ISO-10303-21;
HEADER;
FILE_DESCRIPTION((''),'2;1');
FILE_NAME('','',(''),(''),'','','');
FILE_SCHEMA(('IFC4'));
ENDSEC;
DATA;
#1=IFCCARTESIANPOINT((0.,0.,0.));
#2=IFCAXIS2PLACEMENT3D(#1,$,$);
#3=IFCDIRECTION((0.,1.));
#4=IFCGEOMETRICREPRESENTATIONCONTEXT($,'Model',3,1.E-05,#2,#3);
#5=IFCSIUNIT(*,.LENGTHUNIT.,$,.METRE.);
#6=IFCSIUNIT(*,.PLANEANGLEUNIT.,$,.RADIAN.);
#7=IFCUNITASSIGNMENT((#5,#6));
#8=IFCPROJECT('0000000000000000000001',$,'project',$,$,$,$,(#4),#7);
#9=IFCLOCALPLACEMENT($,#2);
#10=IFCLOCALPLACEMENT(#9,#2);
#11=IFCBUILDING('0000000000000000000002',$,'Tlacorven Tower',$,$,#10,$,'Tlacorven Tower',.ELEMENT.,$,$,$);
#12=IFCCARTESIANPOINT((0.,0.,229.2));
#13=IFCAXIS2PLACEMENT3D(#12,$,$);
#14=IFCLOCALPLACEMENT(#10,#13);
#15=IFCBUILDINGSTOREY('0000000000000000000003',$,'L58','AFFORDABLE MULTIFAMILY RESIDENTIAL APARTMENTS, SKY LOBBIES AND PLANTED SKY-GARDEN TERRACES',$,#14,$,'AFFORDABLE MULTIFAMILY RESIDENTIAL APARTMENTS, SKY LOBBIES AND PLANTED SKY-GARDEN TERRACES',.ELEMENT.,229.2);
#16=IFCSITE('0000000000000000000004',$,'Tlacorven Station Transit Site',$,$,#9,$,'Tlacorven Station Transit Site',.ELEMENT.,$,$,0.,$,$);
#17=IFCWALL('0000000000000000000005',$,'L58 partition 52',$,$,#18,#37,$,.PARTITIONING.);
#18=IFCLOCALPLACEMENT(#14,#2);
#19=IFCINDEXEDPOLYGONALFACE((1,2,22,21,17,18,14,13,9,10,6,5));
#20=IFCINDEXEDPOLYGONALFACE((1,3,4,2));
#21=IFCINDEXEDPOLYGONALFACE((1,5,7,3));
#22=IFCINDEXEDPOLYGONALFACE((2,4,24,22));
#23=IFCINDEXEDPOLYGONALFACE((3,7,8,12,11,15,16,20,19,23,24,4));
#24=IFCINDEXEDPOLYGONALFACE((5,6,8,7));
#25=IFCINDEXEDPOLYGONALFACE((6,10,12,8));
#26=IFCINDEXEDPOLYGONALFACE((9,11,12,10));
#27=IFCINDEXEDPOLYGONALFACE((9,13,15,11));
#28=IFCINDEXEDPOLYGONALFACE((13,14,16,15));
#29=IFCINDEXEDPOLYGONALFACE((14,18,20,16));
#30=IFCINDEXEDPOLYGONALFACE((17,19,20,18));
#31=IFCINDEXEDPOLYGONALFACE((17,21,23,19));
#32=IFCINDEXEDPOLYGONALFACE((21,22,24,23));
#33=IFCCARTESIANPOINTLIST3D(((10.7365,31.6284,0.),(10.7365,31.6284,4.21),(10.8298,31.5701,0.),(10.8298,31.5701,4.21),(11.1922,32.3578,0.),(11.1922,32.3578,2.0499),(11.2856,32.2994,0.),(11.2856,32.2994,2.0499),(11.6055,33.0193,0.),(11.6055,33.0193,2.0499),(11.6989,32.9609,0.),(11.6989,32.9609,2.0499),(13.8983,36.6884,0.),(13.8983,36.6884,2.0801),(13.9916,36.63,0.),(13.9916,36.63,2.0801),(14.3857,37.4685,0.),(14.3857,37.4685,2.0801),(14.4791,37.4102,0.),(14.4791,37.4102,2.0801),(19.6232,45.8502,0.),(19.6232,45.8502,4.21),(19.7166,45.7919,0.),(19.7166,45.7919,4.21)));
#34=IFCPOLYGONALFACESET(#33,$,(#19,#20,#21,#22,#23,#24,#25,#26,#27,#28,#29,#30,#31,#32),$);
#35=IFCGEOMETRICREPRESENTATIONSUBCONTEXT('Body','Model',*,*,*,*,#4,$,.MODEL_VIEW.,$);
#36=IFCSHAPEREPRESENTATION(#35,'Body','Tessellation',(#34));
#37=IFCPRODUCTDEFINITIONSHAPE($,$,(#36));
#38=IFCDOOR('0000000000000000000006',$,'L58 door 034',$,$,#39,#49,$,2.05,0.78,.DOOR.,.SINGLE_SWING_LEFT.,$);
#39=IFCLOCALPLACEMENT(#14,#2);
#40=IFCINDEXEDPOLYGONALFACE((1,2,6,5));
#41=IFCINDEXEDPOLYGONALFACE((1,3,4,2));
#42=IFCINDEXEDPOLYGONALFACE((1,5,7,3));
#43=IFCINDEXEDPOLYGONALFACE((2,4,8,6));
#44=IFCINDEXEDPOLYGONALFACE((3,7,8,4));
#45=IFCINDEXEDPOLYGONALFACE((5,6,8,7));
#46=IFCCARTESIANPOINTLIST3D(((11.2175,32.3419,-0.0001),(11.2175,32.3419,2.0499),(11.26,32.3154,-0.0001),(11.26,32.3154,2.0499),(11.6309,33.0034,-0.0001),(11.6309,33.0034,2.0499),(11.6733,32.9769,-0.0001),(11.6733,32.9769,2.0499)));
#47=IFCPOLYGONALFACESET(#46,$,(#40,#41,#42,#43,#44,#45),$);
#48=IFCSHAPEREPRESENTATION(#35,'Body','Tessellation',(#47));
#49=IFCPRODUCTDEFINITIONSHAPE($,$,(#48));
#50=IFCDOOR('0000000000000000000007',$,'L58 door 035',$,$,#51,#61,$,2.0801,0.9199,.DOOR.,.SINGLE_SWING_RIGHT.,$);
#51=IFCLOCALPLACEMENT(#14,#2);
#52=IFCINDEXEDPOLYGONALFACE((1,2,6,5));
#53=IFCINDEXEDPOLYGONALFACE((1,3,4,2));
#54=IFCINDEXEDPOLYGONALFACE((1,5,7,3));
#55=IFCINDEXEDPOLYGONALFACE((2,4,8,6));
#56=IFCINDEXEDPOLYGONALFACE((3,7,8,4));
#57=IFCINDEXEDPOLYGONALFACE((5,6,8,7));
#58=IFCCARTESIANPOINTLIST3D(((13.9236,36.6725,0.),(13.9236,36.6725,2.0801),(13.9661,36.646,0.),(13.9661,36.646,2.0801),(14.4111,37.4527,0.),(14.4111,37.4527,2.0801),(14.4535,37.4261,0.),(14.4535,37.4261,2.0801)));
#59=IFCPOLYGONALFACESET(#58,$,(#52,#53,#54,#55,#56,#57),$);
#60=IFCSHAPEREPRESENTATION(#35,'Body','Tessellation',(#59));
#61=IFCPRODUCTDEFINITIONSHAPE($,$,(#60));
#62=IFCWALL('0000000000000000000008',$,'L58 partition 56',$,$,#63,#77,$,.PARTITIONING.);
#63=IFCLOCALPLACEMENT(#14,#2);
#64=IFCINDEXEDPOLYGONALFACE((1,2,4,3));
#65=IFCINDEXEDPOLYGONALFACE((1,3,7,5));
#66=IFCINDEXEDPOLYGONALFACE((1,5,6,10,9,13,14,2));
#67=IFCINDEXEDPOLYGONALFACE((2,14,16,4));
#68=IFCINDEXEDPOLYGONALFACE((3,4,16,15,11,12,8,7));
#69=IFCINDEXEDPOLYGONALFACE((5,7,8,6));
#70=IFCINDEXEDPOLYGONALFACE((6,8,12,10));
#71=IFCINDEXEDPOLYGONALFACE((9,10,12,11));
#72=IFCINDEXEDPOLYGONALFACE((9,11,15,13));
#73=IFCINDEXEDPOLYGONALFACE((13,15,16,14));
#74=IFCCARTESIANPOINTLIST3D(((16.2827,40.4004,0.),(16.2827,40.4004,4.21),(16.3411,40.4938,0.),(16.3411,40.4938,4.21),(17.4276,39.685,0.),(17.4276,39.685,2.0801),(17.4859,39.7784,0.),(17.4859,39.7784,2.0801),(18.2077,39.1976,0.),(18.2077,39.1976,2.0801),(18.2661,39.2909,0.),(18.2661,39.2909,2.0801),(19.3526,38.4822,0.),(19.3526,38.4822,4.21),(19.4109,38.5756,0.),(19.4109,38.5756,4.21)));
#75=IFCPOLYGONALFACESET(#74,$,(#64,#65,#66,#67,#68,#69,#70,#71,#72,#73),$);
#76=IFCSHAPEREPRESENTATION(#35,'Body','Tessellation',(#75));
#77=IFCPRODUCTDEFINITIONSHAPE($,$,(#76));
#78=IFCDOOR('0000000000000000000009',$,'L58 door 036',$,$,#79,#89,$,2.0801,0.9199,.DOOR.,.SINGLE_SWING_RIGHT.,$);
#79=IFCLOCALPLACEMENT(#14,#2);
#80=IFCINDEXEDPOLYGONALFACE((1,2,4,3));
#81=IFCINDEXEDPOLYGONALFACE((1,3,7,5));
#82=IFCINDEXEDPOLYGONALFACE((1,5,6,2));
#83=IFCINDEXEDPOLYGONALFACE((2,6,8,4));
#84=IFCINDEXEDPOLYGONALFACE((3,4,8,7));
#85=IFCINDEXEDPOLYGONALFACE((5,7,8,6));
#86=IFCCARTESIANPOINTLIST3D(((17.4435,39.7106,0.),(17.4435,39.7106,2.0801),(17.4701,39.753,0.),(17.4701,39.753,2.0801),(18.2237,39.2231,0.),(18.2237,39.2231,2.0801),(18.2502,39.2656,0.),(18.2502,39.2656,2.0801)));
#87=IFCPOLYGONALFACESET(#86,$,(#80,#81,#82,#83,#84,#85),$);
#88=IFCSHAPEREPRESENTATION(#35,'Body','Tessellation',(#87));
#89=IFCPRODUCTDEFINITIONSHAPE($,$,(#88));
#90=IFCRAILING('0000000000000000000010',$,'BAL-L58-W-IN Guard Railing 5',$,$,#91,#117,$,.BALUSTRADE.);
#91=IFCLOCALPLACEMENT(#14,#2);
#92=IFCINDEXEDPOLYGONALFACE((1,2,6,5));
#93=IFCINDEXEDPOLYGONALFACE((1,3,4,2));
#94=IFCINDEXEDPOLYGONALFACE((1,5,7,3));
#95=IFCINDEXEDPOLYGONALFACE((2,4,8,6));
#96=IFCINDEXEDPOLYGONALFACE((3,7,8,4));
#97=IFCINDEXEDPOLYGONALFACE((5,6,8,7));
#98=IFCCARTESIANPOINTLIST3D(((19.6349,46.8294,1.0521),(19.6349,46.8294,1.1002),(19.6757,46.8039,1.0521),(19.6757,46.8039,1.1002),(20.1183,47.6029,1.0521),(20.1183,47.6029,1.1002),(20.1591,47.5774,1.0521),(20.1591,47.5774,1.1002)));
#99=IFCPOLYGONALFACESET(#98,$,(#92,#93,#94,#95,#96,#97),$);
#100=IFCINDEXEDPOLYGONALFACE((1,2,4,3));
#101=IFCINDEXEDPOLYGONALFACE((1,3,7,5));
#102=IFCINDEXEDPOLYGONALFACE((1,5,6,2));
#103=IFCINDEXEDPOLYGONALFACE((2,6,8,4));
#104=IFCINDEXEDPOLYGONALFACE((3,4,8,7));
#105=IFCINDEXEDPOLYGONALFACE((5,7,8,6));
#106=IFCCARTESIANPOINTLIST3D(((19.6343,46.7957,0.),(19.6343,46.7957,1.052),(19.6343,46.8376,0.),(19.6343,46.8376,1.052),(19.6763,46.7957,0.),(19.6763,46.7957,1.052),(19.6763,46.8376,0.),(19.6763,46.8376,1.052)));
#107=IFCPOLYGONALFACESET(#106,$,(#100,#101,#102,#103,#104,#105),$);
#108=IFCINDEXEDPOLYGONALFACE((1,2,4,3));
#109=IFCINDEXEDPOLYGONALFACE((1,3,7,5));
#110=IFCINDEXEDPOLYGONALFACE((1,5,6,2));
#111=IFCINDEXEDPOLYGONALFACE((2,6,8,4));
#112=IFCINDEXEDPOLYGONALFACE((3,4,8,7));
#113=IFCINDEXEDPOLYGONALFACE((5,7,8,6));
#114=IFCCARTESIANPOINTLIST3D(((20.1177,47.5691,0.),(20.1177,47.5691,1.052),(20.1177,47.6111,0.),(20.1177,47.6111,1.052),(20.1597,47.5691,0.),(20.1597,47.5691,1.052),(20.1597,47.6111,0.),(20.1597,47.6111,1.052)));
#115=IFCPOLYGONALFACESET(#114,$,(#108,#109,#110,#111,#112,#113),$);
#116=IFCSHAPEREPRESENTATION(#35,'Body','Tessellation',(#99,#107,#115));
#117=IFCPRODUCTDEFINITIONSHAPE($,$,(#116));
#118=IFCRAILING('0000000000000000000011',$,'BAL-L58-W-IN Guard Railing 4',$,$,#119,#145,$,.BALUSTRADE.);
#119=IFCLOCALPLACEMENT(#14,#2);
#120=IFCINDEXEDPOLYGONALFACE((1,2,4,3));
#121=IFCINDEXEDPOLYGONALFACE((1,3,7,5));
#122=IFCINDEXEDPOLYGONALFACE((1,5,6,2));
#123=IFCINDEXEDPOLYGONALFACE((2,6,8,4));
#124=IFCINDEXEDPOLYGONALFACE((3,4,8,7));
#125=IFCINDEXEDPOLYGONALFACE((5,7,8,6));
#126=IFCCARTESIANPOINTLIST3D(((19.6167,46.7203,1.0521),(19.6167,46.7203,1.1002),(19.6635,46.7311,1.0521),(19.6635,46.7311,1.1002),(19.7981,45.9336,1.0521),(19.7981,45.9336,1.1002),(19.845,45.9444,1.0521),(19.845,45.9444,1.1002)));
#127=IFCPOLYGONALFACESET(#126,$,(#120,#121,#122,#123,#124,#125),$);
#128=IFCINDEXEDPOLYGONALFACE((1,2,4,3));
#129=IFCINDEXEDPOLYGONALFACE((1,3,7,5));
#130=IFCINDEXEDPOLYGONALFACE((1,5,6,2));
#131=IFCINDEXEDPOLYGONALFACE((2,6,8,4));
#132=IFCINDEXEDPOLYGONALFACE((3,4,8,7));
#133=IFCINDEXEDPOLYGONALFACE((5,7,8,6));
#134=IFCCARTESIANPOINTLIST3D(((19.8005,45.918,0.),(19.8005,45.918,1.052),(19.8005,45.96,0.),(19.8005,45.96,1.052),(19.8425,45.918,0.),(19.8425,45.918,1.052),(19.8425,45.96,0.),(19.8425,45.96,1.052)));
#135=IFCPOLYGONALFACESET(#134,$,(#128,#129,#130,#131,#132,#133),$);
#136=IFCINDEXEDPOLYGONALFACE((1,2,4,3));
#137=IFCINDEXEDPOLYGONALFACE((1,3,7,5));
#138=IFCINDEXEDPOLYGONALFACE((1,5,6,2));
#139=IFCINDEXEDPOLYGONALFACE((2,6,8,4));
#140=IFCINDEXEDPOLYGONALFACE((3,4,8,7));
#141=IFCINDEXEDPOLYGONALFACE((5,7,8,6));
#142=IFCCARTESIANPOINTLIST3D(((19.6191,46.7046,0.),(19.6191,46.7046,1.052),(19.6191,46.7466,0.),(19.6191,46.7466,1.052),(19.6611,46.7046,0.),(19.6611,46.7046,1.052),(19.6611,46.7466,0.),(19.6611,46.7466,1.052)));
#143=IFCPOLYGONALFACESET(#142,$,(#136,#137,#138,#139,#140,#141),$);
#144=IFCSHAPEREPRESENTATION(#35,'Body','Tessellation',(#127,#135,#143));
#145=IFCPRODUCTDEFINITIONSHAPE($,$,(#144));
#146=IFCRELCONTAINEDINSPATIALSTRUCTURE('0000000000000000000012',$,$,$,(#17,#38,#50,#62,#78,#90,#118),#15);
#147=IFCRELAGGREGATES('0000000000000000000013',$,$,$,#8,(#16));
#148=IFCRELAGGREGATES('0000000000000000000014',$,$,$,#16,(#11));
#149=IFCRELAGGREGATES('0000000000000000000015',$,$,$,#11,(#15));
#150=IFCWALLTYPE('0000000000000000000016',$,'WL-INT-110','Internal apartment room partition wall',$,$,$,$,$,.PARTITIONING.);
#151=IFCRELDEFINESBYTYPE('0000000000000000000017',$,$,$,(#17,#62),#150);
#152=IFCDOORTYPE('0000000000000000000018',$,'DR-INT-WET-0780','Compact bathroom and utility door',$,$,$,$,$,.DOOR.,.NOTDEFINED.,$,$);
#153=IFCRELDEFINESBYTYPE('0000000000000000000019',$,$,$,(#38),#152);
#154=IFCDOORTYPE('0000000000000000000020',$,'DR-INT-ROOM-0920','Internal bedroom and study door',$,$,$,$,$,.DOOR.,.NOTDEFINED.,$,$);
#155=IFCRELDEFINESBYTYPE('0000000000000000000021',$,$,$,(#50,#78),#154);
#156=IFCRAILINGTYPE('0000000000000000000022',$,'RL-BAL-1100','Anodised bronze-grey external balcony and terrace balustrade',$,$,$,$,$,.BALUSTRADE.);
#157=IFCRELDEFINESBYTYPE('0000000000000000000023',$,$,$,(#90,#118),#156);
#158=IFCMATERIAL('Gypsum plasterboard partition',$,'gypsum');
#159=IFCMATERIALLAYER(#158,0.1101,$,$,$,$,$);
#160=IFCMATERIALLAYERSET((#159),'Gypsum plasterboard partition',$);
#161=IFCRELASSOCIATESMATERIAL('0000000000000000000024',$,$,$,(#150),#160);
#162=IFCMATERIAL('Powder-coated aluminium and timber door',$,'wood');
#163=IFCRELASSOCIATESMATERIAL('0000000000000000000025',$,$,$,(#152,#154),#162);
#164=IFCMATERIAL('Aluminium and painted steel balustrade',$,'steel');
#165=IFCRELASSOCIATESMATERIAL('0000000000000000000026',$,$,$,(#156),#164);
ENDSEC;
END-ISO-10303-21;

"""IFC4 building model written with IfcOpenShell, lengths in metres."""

from ifc_helpers import new_model, si_unit, direction, frame, frame_2d, origin, origin_2d, place, context, subcontext, project, spatial, rectangle, extrude, source, transform, mapped, material, layer, layer_set, type_object, element, fill, save


model = new_model("IFC4")

# Units and contexts
model_context = context("Model", 3, precision=1e-05, world=origin(), true_north=direction((0.0, 1.0)))
body_context = subcontext(model_context, "Body", "Model", "MODEL_VIEW")
ifc_project = project(units=[si_unit("LENGTHUNIT", "METRE"), si_unit("PLANEANGLEUNIT", "RADIAN")], contexts=[model_context])

# Site, building, storey
site_placement = place(None, origin())
site = spatial("IfcSite", under=ifc_project, at=site_placement, Name="Tlacorven Station Transit Site", LongName="Tlacorven Station Transit Site", CompositionType="ELEMENT", RefElevation=0.0)
building_placement = place(site_placement, origin())
building = spatial("IfcBuilding", under=site, at=building_placement, Name="Tlacorven Tower", LongName="Tlacorven Tower", CompositionType="ELEMENT")
storey_placement = place(building_placement, frame((0.0, 0.0, 229.2)))
storey = spatial("IfcBuildingStorey", under=building, at=storey_placement, Name="L58", Description="AFFORDABLE MULTIFAMILY RESIDENTIAL APARTMENTS, SKY LOBBIES AND PLANTED SKY-GARDEN TERRACES", LongName="AFFORDABLE MULTIFAMILY RESIDENTIAL APARTMENTS, SKY LOBBIES AND PLANTED SKY-GARDEN TERRACES", CompositionType="ELEMENT", Elevation=229.2)

# Shared definitions
ifc_material_1 = material(Name="Powder-coated aluminium and timber door", Category="wood")

# Wall, openings, doors
ifc_material_2 = material(Name="Gypsum plasterboard partition", Category="gypsum")
ifc_layer_1 = layer(ifc_material_2, 0.1101)
ifc_layer_set_1 = layer_set([ifc_layer_1], Name="Gypsum plasterboard partition")
wall_type_1 = type_object("IfcWallType", Name="WL-INT-110", Description="Internal apartment room partition wall", PredefinedType="PARTITIONING", material=ifc_layer_set_1)
wall_1_placement = place(storey_placement, frame((19.6699, 45.821, 0.0), z_axis=(0.0, 0.0, 1.0), x_axis=(-0.52992, -0.848047, 0.0)))
wall_1 = element("IfcWall", 1, at=wall_1_placement, inside=storey, type_object=wall_type_1, Name="L58 partition 52", PredefinedType="PARTITIONING", context=body_context, shape_type="SweptSolid", body=[
    extrude(rectangle(XDim=16.77, YDim=0.1101, at=frame_2d((8.385, 0.0))), origin(), (0.0, 0.0, 1.0), 4.21),
])
opening_1_placement = place(wall_1_placement, frame((15.1299, 0.0, 0.0)))
opening_1 = element("IfcOpeningElement", 2, at=opening_1_placement, cuts=wall_1, PredefinedType="OPENING", context=body_context, shape_type="SweptSolid", body=[
    extrude(rectangle(XDim=0.78, YDim=2.05, at=frame_2d((0.3901, 1.0249))), frame((0.0, 0.0649, 0.0), z_axis=(0.0, -1.0, 0.0), x_axis=(1.0, 0.0, 0.0)), (0.0, 0.0, 1.0), 0.1301),
])
opening_2_placement = place(wall_1_placement, frame((9.8835, 0.0, 0.0)))
opening_2 = element("IfcOpeningElement", 3, at=opening_2_placement, cuts=wall_1, PredefinedType="OPENING", context=body_context, shape_type="SweptSolid", body=[
    extrude(rectangle(XDim=0.9199, YDim=2.0801, at=frame_2d((0.46, 1.04))), frame((0.0, 0.0649, 0.0), z_axis=(0.0, -1.0, 0.0), x_axis=(1.0, 0.0, 0.0)), (0.0, 0.0, 1.0), 0.1301),
])
door_type_1 = type_object("IfcDoorType", Name="DR-INT-WET-0780", Description="Compact bathroom and utility door", OperationType="NOTDEFINED", PredefinedType="DOOR", material=ifc_material_1)
shared_shape_1 = source(origin(), body_context, "Body", "SweptSolid", [
    extrude(rectangle(XDim=0.78, YDim=2.05, at=frame_2d((0.3901, 1.0249))), frame((0.0, 0.0249, 0.0), z_axis=(0.0, -1.0, 0.0), x_axis=(1.0, 0.0, 0.0)), (0.0, 0.0, 1.0), 0.05),
])
door_1_placement = place(opening_1_placement, origin())
door_1 = element("IfcDoor", 4, at=door_1_placement, inside=storey, type_object=door_type_1, Name="L58 door 034", OperationType="SINGLE_SWING_LEFT", OverallHeight=2.05, OverallWidth=0.78, PredefinedType="DOOR", context=body_context, shape_type="MappedRepresentation", body=[
    mapped(shared_shape_1, transform((0.0, 0.0, 0.0), scale=1.0)),
])
fill(opening_1, door_1)
door_type_2 = type_object("IfcDoorType", Name="DR-INT-ROOM-0920", Description="Internal bedroom and study door", OperationType="NOTDEFINED", PredefinedType="DOOR", material=ifc_material_1)
shared_shape_2 = source(origin(), body_context, "Body", "SweptSolid", [
    extrude(rectangle(XDim=0.9199, YDim=2.0801, at=frame_2d((0.46, 1.04))), frame((0.0, 0.0249, 0.0), z_axis=(0.0, -1.0, 0.0), x_axis=(1.0, 0.0, 0.0)), (0.0, 0.0, 1.0), 0.05),
])
door_2_placement = place(opening_2_placement, origin())
door_2 = element("IfcDoor", 5, at=door_2_placement, inside=storey, type_object=door_type_2, Name="L58 door 035", OperationType="SINGLE_SWING_RIGHT", OverallHeight=2.0801, OverallWidth=0.9199, PredefinedType="DOOR", context=body_context, shape_type="MappedRepresentation", body=[
    mapped(shared_shape_2, transform((0.0, 0.0, 0.0), scale=1.0)),
])
fill(opening_2, door_2)

# Wall, opening, door
wall_2_placement = place(storey_placement, frame((19.3818, 38.5288, 0.0), z_axis=(0.0, 0.0, 1.0), x_axis=(-0.848051, 0.529914, 0.0)))
wall_2 = element("IfcWall", 6, at=wall_2_placement, inside=storey, type_object=wall_type_1, Name="L58 partition 56", PredefinedType="PARTITIONING", context=body_context, shape_type="SweptSolid", body=[
    extrude(rectangle(XDim=3.6199, YDim=0.1101, at=frame_2d((1.8101, 0.0))), origin(), (0.0, 0.0, 1.0), 4.21),
])
opening_3_placement = place(wall_2_placement, frame((1.3501, 0.0, 0.0)))
opening_3 = element("IfcOpeningElement", 7, at=opening_3_placement, cuts=wall_2, PredefinedType="OPENING", context=body_context, shape_type="SweptSolid", body=[
    extrude(rectangle(XDim=0.9199, YDim=2.0801, at=frame_2d((0.46, 1.04))), frame((0.0, 0.0649, 0.0), z_axis=(0.0, -1.0, 0.0), x_axis=(1.0, 0.0, 0.0)), (0.0, 0.0, 1.0), 0.1301),
])
door_3_placement = place(opening_3_placement, origin())
door_3 = element("IfcDoor", 8, at=door_3_placement, inside=storey, type_object=door_type_2, Name="L58 door 036", OperationType="SINGLE_SWING_RIGHT", OverallHeight=2.0801, OverallWidth=0.9199, PredefinedType="DOOR", context=body_context, shape_type="MappedRepresentation", body=[
    mapped(shared_shape_2, transform((0.0, 0.0, 0.0), scale=1.0)),
])
fill(opening_3, door_3)

# Railings
ifc_material_3 = material(Name="Aluminium and painted steel balustrade", Category="steel")
railing_type = type_object("IfcRailingType", Name="RL-BAL-1100", Description="Anodised bronze-grey external balcony and terrace balustrade", PredefinedType="BALUSTRADE", material=ifc_material_3)
shared_shape_3 = source(origin(), body_context, "Body", "SweptSolid", [
    extrude(rectangle(XDim=0.0481, YDim=0.0481, at=origin_2d()), frame((0.0, 0.0, 1.0762), z_axis=(0.529999, 0.847998, 0.0), x_axis=(-0.847998, 0.529999, 0.0)), (0.0, 0.0, 1.0), 0.9121),
    extrude(rectangle(XDim=0.042, YDim=0.042, at=origin_2d()), origin(), (0.0, 0.0, 1.0), 1.052),
    extrude(rectangle(XDim=0.042, YDim=0.042, at=origin_2d()), frame((0.4834, 0.7734, 0.0)), (0.0, 0.0, 1.0), 1.052),
])
railing_1_placement = place(storey_placement, frame((19.6553, 46.8167, 0.0)))
element("IfcRailing", 9, at=railing_1_placement, inside=storey, type_object=railing_type, Name="BAL-L58-W-IN Guard Railing 5", PredefinedType="BALUSTRADE", context=body_context, shape_type="MappedRepresentation", body=[
    mapped(shared_shape_3, transform((0.0, 0.0, 0.0), scale=1.0)),
])
shared_shape_4 = source(origin(), body_context, "Body", "SweptSolid", [
    extrude(rectangle(XDim=0.0481, YDim=0.0481, at=origin_2d()), frame((0.0, 0.0, 1.0762), z_axis=(-0.224705, 0.974427, 0.0), x_axis=(-0.974427, -0.224705, 0.0)), (0.0, 0.0, 1.0), 0.8074),
    extrude(rectangle(XDim=0.042, YDim=0.042, at=origin_2d()), origin(), (0.0, 0.0, 1.0), 1.052),
    extrude(rectangle(XDim=0.042, YDim=0.042, at=origin_2d()), frame((-0.1814, 0.7866, 0.0)), (0.0, 0.0, 1.0), 1.052),
])
railing_2_placement = place(storey_placement, frame((19.8215, 45.939, 0.0)))
element("IfcRailing", 10, at=railing_2_placement, inside=storey, type_object=railing_type, Name="BAL-L58-W-IN Guard Railing 4", PredefinedType="BALUSTRADE", context=body_context, shape_type="MappedRepresentation", body=[
    mapped(shared_shape_4, transform((0.0, 0.0, 0.0), scale=1.0)),
])

save(model, "model.ifc")
